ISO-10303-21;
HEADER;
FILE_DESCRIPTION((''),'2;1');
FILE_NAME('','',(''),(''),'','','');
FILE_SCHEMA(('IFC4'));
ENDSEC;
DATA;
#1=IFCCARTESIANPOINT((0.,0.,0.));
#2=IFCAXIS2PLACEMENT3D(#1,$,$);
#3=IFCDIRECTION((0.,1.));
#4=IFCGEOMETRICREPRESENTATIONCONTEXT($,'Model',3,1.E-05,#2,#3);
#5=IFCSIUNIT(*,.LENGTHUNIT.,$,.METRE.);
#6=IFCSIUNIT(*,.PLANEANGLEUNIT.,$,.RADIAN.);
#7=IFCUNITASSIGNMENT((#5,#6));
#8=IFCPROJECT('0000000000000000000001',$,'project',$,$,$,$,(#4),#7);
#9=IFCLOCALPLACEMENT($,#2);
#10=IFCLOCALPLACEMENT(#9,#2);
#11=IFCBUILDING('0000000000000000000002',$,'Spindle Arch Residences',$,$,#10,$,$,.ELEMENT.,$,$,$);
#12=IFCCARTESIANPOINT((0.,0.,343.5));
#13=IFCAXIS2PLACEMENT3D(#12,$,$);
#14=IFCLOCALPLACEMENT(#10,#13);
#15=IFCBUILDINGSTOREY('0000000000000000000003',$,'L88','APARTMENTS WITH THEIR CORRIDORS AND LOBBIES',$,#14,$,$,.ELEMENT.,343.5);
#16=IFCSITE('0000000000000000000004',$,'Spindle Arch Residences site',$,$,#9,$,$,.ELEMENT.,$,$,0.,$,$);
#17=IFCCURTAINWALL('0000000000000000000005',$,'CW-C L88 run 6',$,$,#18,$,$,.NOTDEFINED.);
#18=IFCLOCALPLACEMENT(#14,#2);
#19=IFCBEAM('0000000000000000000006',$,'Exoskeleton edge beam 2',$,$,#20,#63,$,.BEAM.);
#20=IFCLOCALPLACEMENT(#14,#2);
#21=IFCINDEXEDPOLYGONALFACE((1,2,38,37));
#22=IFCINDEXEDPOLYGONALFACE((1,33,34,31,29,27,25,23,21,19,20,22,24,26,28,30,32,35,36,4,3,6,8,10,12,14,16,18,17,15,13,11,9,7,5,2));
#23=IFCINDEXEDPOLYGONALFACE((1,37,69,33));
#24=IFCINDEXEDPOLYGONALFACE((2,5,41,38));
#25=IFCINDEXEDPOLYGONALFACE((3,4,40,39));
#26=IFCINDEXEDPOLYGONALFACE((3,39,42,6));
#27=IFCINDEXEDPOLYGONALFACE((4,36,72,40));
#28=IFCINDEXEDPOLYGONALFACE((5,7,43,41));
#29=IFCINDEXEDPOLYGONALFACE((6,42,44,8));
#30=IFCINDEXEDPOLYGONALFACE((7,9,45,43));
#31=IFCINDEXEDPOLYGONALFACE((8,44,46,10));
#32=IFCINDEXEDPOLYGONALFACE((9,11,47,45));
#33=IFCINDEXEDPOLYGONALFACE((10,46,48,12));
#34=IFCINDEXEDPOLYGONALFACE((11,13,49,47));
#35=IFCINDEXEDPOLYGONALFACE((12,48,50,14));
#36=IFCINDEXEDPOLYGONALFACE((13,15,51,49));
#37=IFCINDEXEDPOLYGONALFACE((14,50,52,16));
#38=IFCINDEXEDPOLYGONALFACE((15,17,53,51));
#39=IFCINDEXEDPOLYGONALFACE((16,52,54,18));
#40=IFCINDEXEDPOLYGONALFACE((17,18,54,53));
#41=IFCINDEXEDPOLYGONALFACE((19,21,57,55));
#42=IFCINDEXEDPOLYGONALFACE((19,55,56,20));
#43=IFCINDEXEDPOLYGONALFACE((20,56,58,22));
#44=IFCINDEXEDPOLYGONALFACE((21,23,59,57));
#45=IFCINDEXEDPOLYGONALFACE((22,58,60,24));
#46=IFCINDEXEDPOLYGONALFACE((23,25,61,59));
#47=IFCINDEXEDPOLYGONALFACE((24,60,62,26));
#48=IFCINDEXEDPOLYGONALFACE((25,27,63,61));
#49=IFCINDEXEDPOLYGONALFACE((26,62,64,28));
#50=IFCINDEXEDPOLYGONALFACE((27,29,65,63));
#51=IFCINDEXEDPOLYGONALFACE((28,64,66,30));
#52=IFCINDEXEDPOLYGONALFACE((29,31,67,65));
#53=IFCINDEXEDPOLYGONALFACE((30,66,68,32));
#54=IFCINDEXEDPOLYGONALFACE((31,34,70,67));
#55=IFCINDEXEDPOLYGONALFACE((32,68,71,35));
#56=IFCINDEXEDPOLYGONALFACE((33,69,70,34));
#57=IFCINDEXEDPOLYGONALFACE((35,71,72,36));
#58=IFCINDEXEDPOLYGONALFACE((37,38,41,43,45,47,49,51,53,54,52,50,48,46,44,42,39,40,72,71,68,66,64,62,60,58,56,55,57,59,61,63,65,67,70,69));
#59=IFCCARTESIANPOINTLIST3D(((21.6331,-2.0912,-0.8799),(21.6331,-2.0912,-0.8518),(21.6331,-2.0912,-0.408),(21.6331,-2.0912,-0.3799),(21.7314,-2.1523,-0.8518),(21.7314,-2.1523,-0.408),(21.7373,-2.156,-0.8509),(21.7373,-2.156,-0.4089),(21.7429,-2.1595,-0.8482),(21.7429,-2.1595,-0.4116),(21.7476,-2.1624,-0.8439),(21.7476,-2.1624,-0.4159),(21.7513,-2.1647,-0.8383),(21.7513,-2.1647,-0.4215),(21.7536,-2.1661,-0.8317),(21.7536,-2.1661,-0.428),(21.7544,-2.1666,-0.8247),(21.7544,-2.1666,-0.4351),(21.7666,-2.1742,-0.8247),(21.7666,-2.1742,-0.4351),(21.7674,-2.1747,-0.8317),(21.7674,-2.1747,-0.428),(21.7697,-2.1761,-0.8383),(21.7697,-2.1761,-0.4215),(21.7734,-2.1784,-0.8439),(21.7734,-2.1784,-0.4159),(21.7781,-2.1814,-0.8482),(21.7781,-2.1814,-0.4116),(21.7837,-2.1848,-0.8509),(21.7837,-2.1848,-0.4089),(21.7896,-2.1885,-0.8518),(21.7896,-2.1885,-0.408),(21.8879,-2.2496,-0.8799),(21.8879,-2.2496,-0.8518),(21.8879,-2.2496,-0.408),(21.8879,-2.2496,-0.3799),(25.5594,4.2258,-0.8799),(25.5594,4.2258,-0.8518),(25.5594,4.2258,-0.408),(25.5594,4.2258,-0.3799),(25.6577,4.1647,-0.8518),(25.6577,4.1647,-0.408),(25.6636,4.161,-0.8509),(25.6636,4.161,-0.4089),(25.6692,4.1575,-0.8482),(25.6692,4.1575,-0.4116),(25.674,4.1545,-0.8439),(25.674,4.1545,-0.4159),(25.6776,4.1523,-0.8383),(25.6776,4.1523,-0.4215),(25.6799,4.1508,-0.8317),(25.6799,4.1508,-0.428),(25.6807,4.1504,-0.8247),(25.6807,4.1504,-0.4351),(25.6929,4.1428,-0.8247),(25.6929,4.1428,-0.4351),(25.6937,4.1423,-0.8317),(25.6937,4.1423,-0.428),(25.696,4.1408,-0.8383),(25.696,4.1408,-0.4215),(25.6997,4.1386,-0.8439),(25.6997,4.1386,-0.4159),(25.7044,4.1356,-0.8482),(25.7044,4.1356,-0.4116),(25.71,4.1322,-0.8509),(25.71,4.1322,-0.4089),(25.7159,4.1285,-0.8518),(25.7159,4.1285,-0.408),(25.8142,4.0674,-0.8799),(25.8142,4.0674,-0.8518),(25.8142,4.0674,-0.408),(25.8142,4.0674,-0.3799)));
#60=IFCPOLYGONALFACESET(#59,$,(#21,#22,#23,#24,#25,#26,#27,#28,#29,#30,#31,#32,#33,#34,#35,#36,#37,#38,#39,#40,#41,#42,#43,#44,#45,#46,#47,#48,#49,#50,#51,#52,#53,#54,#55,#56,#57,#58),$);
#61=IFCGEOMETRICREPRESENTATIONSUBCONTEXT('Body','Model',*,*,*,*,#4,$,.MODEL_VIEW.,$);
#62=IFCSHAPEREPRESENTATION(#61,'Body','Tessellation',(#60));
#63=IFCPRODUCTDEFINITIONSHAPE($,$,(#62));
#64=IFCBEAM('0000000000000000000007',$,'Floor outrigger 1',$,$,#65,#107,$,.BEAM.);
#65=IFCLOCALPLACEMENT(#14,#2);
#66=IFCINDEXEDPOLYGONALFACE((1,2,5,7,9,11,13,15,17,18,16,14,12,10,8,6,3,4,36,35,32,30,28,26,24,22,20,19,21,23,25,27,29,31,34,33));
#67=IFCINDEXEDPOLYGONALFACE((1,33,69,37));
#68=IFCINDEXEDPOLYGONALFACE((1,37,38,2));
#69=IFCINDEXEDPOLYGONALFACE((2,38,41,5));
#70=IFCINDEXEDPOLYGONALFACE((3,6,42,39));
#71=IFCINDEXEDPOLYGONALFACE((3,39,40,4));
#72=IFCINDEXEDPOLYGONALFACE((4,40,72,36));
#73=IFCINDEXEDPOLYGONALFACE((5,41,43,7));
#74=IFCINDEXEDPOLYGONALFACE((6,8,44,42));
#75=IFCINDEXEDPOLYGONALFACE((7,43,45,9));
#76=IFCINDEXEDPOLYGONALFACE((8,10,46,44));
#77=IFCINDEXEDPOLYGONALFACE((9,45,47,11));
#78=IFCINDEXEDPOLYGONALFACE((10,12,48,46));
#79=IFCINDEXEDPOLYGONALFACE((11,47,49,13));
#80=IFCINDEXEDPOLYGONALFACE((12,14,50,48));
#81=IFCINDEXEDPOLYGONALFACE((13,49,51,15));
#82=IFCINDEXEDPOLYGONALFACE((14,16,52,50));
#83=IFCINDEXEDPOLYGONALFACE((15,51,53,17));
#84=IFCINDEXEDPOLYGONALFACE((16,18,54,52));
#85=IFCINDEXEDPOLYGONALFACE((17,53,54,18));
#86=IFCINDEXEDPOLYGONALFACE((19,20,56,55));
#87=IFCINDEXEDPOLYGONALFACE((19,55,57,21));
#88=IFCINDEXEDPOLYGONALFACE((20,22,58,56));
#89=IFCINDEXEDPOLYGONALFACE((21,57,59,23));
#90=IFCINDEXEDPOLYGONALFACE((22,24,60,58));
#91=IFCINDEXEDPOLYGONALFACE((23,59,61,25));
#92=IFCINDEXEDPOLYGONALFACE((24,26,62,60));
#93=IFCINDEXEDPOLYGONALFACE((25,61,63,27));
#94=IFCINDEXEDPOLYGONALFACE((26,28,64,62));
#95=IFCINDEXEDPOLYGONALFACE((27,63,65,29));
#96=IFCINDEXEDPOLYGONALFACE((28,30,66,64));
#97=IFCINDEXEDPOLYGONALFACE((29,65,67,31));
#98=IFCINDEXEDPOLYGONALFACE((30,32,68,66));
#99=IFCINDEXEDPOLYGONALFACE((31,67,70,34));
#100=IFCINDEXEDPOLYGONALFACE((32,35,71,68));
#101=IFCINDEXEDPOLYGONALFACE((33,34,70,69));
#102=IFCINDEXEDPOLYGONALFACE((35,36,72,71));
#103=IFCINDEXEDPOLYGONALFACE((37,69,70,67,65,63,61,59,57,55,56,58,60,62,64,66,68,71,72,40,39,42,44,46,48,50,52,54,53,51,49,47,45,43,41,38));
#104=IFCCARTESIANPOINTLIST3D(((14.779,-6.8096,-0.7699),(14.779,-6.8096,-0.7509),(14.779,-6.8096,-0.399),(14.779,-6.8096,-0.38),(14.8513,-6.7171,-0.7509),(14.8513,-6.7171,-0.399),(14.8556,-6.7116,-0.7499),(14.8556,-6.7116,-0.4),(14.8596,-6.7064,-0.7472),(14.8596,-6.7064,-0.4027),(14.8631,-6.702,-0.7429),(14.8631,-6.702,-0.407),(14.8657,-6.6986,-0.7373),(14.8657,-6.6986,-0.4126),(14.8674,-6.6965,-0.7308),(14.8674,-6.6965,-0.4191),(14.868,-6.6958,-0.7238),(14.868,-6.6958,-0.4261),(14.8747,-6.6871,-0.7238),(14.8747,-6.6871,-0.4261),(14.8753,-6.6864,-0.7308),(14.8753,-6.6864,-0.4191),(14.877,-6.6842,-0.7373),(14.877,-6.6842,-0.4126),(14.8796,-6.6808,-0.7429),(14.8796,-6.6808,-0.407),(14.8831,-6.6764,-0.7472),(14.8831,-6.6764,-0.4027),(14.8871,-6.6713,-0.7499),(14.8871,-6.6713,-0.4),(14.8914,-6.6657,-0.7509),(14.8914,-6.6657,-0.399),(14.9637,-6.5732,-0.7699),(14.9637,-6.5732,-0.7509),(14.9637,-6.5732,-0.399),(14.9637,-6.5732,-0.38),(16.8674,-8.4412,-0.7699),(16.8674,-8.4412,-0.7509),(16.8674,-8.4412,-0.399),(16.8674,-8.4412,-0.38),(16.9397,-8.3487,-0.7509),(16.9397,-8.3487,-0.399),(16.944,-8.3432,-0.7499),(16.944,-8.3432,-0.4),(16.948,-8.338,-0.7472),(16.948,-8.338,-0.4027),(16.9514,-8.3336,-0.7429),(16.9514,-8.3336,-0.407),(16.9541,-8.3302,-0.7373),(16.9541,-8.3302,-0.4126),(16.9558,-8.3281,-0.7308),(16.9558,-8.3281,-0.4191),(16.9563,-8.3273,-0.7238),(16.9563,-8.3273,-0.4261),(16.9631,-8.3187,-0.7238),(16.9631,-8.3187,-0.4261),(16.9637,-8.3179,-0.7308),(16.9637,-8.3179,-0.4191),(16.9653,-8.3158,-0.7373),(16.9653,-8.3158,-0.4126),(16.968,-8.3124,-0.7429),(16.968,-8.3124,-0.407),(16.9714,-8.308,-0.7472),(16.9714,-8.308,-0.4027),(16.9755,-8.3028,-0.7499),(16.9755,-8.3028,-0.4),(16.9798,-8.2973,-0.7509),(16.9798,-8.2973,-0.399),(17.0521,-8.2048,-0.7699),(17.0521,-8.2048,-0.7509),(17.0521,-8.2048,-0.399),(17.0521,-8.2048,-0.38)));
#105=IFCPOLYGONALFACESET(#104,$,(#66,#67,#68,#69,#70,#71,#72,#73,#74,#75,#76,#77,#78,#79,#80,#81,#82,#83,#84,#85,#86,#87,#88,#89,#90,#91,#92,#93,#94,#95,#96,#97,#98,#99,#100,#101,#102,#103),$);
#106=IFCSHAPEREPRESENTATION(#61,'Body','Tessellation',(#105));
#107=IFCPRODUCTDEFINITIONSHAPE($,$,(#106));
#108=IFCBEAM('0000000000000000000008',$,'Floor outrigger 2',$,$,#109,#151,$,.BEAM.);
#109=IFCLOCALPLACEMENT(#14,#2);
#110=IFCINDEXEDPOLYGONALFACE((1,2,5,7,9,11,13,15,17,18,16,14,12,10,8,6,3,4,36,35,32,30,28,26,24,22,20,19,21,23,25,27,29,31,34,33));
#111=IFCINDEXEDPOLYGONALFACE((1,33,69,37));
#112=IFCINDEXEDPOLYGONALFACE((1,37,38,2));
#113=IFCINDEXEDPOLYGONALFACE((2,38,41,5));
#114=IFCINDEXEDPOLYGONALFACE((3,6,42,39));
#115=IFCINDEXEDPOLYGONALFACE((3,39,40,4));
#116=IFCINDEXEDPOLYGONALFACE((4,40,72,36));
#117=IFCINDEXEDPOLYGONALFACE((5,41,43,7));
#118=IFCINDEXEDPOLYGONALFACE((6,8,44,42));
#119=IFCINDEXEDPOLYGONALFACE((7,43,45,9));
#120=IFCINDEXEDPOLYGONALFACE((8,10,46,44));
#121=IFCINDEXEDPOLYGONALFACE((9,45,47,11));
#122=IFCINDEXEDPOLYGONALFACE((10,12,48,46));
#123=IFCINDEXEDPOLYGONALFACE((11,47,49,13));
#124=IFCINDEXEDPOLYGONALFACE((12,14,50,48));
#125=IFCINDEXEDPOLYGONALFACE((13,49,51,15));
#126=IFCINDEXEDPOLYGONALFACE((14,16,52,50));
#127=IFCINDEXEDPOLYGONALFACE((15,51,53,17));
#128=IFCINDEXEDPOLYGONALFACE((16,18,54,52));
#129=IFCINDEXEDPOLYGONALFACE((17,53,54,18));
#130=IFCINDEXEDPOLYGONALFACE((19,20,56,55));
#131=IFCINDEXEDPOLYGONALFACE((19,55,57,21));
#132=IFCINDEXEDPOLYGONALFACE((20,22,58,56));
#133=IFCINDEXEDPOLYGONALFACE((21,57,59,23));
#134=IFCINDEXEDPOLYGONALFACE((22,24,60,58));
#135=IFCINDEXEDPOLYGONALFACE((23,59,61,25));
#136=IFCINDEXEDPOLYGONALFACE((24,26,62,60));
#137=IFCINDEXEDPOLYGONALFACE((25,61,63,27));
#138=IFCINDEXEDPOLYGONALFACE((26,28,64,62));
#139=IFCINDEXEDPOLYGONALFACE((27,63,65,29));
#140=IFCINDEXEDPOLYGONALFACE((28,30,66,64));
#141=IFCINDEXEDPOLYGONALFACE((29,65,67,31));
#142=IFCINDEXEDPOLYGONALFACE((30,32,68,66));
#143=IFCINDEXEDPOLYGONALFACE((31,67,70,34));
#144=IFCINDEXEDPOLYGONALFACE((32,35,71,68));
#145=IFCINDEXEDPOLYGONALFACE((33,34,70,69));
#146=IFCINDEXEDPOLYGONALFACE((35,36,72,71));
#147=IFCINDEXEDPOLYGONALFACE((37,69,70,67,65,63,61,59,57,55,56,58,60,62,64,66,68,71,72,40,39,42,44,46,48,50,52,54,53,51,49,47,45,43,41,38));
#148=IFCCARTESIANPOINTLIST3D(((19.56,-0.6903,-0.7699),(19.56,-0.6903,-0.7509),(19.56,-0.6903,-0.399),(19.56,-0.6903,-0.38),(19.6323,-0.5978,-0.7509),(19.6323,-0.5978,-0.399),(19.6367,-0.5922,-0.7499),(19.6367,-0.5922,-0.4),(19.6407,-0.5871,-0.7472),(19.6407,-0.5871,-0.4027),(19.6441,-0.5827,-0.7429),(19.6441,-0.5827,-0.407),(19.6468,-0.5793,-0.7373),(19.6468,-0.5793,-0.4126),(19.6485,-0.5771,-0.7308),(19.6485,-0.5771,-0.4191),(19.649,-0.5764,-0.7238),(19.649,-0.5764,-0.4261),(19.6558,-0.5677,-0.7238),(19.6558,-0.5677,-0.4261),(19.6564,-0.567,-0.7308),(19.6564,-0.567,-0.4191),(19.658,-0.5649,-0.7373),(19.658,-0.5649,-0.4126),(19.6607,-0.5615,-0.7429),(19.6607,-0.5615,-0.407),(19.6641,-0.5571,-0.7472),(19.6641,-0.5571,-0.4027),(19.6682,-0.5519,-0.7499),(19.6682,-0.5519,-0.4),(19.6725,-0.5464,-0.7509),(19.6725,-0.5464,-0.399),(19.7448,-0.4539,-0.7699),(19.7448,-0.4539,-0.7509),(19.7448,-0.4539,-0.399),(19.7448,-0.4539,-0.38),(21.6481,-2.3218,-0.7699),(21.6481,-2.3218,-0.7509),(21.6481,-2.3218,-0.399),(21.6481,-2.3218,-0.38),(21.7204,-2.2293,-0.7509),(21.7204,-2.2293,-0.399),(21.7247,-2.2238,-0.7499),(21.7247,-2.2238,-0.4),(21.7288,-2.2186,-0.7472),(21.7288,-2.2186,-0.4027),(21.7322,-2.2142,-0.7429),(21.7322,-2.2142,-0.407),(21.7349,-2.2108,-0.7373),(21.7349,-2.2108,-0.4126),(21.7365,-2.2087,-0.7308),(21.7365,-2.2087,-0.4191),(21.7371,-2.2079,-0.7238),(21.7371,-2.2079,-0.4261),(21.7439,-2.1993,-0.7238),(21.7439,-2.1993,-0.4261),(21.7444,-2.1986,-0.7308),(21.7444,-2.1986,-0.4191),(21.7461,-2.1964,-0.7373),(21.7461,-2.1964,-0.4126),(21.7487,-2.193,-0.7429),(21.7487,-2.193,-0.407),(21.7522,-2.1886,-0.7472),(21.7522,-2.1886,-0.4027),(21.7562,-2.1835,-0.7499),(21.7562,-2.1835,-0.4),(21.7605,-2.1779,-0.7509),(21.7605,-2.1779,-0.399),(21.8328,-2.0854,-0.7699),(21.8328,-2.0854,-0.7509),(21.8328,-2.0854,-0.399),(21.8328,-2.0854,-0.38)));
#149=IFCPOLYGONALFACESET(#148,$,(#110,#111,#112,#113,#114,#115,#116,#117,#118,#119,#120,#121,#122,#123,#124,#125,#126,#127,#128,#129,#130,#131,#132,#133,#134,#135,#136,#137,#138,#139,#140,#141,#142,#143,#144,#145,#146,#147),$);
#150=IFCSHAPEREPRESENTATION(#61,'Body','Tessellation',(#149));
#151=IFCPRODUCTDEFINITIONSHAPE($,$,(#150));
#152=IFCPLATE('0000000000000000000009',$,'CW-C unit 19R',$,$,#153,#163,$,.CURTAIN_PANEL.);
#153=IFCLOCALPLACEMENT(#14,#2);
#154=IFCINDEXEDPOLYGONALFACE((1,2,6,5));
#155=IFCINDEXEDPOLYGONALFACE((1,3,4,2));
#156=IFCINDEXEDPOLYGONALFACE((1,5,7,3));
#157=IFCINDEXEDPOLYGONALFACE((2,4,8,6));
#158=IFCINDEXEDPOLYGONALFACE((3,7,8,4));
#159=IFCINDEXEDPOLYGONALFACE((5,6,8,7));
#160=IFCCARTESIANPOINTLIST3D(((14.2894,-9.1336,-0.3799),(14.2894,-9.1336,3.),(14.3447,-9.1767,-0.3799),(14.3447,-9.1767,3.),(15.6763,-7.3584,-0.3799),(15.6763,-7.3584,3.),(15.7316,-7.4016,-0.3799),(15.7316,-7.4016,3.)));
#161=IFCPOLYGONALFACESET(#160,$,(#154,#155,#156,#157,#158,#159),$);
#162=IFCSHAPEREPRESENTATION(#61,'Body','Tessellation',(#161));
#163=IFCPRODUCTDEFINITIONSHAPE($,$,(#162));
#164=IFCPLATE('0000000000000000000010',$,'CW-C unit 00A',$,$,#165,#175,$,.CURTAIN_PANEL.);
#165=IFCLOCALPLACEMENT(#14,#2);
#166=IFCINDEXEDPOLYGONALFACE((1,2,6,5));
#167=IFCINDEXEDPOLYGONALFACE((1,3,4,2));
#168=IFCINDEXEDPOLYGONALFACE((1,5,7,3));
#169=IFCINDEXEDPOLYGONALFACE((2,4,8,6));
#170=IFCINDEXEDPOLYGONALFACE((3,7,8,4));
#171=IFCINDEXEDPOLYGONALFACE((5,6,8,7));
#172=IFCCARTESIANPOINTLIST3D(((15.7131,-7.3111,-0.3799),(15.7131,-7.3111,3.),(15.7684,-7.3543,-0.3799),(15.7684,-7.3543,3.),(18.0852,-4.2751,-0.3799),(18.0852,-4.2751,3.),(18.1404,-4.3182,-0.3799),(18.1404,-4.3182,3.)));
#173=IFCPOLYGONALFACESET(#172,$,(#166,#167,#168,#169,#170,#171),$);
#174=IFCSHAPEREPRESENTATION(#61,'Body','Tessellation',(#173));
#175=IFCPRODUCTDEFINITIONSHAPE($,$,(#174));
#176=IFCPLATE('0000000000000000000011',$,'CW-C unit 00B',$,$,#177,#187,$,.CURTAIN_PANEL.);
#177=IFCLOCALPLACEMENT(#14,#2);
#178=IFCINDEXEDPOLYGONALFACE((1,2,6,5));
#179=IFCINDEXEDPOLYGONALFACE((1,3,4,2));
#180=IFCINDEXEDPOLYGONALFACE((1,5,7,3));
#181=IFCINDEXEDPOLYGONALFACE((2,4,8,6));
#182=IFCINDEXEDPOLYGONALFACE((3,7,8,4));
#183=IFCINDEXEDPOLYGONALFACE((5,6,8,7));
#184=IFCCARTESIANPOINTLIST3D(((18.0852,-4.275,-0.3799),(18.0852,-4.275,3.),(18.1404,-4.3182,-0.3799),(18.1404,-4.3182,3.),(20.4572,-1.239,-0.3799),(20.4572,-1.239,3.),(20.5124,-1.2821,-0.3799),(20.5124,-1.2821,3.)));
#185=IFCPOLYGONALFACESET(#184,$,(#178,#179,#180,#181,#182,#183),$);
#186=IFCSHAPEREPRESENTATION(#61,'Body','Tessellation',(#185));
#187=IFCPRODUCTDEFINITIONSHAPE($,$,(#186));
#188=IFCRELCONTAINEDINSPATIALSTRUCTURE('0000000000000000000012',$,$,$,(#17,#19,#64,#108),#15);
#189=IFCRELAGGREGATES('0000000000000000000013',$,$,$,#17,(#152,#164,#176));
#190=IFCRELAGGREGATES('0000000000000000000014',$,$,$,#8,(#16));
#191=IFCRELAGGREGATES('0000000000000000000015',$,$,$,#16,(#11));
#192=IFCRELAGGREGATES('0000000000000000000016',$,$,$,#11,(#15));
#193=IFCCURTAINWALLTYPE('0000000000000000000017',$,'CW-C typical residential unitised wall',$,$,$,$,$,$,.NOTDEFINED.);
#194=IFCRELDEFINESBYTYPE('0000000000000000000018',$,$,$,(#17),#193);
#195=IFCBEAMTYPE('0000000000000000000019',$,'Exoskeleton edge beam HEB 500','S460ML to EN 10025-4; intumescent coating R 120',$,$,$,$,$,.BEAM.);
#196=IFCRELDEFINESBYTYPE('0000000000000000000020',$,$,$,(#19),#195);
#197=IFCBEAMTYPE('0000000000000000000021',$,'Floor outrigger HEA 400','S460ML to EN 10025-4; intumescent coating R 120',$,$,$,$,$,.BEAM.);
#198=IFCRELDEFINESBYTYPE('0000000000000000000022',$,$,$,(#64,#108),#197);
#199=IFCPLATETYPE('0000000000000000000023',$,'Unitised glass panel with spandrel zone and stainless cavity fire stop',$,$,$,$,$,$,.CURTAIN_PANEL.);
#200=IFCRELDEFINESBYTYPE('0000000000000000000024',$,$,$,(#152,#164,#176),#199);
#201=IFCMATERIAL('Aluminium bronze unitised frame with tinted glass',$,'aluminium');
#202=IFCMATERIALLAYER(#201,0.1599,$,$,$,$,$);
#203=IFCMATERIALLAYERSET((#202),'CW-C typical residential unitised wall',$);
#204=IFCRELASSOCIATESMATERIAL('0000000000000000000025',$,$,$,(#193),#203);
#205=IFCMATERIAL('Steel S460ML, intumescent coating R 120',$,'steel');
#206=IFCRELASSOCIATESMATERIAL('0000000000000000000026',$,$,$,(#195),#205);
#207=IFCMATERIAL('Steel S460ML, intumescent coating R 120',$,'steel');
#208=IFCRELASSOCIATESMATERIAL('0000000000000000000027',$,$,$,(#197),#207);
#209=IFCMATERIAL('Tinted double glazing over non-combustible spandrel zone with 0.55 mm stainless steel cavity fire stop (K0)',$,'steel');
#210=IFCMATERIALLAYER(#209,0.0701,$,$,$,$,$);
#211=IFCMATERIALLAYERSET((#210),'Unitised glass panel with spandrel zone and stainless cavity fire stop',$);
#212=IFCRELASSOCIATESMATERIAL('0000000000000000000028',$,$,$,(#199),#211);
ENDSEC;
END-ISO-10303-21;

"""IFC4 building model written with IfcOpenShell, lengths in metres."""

from ifc_helpers import new_model, si_unit, direction, frame, origin, origin_2d, place, context, subcontext, project, spatial, rectangle, i_section, extrude, material, layer, layer_set, material_profile, profile_set, type_object, element, aggregate, save


model = new_model("IFC4")

# Units and contexts
model_context = context("Model", 3, precision=1e-05, world=origin(), true_north=direction((0.0, 1.0)))
body_context = subcontext(model_context, "Body", "Model", "MODEL_VIEW")
ifc_project = project(units=[si_unit("LENGTHUNIT", "METRE"), si_unit("PLANEANGLEUNIT", "RADIAN")], contexts=[model_context])

# Site, building, storey
site_placement = place(None, origin())
site = spatial("IfcSite", under=ifc_project, at=site_placement, Name="Spindle Arch Residences site", CompositionType="ELEMENT", RefElevation=0.0)
building_placement = place(site_placement, origin())
building = spatial("IfcBuilding", under=site, at=building_placement, Name="Spindle Arch Residences", CompositionType="ELEMENT")
storey_placement = place(building_placement, frame((0.0, 0.0, 343.5)))
storey = spatial("IfcBuildingStorey", under=building, at=storey_placement, Name="L88", Description="APARTMENTS WITH THEIR CORRIDORS AND LOBBIES", CompositionType="ELEMENT", Elevation=343.5)

# Curtain wall
ifc_material_1 = material(Name="Aluminium bronze unitised frame with tinted glass", Category="aluminium")
ifc_layer_1 = layer(ifc_material_1, 0.1599)
ifc_layer_set_1 = layer_set([ifc_layer_1], Name="CW-C typical residential unitised wall")
curtain_wall_type_1 = type_object("IfcCurtainWallType", Name="CW-C typical residential unitised wall", PredefinedType="NOTDEFINED", material=ifc_layer_set_1)
curtain_wall_1_placement = place(storey_placement, origin())
curtain_wall_1 = element("IfcCurtainWall", 1, at=curtain_wall_1_placement, inside=storey, type_object=curtain_wall_type_1, Name="CW-C L88 run 6", PredefinedType="NOTDEFINED")

# Beams
ifc_material_2 = material(Name="Steel S460ML, intumescent coating R 120", Category="steel")
ifc_material_profile_1 = material_profile(ifc_material_2, i_section(OverallWidth=0.3, OverallDepth=0.5, WebThickness=0.0144, FlangeThickness=0.0281, FilletRadius=0.0271, at=origin_2d()), Name="HEB 500")
ifc_profile_set_1 = profile_set([ifc_material_profile_1], Name="Steel S460ML, intumescent coating R 120")
beam_type_1 = type_object("IfcBeamType", Name="Exoskeleton edge beam HEB 500", Description="S460ML to EN 10025-4; intumescent coating R 120", PredefinedType="BEAM", material=ifc_profile_set_1)
beam_1_placement = place(storey_placement, frame((21.7605, -2.1704, -0.6299), z_axis=(0.527891, 0.849312, 0.0), x_axis=(-0.849312, 0.527891, 0.0)))
element("IfcBeam", 2, at=beam_1_placement, inside=storey, type_object=beam_type_1, Name="Exoskeleton edge beam 2", PredefinedType="BEAM", context=body_context, shape_type="SweptSolid", body=[
    extrude(i_section(OverallWidth=0.3, OverallDepth=0.5, WebThickness=0.0144, FlangeThickness=0.0281, FilletRadius=0.0271, at=origin_2d()), origin(), (0.0, 0.0, 1.0), 7.4377),
])
ifc_material_3 = material(Name="Steel S460ML, intumescent coating R 120", Category="steel")
ifc_material_profile_2 = material_profile(ifc_material_3, i_section(OverallWidth=0.3, OverallDepth=0.3899, WebThickness=0.011, FlangeThickness=0.019, FilletRadius=0.0271, at=origin_2d()), Name="HEA 400")
ifc_profile_set_2 = profile_set([ifc_material_profile_2], Name="Steel S460ML, intumescent coating R 120")
beam_type_2 = type_object("IfcBeamType", Name="Floor outrigger HEA 400", Description="S460ML to EN 10025-4; intumescent coating R 120", PredefinedType="BEAM", material=ifc_profile_set_2)
beam_2_placement = place(storey_placement, frame((16.9597, -8.323, -0.575), z_axis=(-0.788016, 0.615655, 0.0), x_axis=(-0.615655, -0.788016, 0.0)))
element("IfcBeam", 3, at=beam_2_placement, inside=storey, type_object=beam_type_2, Name="Floor outrigger 1", PredefinedType="BEAM", context=body_context, shape_type="SweptSolid", body=[
    extrude(i_section(OverallWidth=0.3, OverallDepth=0.3899, WebThickness=0.011, FlangeThickness=0.019, FilletRadius=0.0271, at=origin_2d()), origin(), (0.0, 0.0, 1.0), 2.6501),
])
beam_3_placement = place(storey_placement, frame((21.7405, -2.2036, -0.575), z_axis=(-0.787981, 0.615699, 0.0), x_axis=(-0.615699, -0.787981, 0.0)))
element("IfcBeam", 4, at=beam_3_placement, inside=storey, type_object=beam_type_2, Name="Floor outrigger 2", PredefinedType="BEAM", context=body_context, shape_type="SweptSolid", body=[
    extrude(i_section(OverallWidth=0.3, OverallDepth=0.3899, WebThickness=0.011, FlangeThickness=0.019, FilletRadius=0.0271, at=origin_2d()), origin(), (0.0, 0.0, 1.0), 2.6499),
])

# Plates
ifc_material_4 = material(Name="Tinted double glazing over non-combustible spandrel zone with 0.55 mm stainless steel cavity fire stop (K0)", Category="steel")
ifc_layer_2 = layer(ifc_material_4, 0.0701)
ifc_layer_set_2 = layer_set([ifc_layer_2], Name="Unitised glass panel with spandrel zone and stainless cavity fire stop")
plate_type = type_object("IfcPlateType", Name="Unitised glass panel with spandrel zone and stainless cavity fire stop", PredefinedType="CURTAIN_PANEL", material=ifc_layer_set_2)
plate_1_placement = place(storey_placement, frame((15.0105, -8.2676, -0.3799), z_axis=(0.0, 0.0, 1.0), x_axis=(0.615661, 0.788011, 0.0)))
plate_1 = element("IfcPlate", 5, at=plate_1_placement, type_object=plate_type, Name="CW-C unit 19R", PredefinedType="CURTAIN_PANEL", context=body_context, shape_type="SweptSolid", body=[
    extrude(rectangle(XDim=2.2527, YDim=0.0701, at=origin_2d()), origin(), (0.0, 0.0, 1.0), 3.3799),
])
plate_2_placement = place(storey_placement, frame((16.9268, -5.8147, -0.3799), z_axis=(0.0, 0.0, 1.0), x_axis=(0.615661, 0.788011, 0.0)))
plate_2 = element("IfcPlate", 6, at=plate_2_placement, type_object=plate_type, Name="CW-C unit 00A", PredefinedType="CURTAIN_PANEL", context=body_context, shape_type="SweptSolid", body=[
    extrude(rectangle(XDim=3.8528, YDim=0.0701, at=origin_2d()), origin(), (0.0, 0.0, 1.0), 3.3799),
])
plate_3_placement = place(storey_placement, frame((19.2988, -2.7786, -0.3799), z_axis=(0.0, 0.0, 1.0), x_axis=(0.615661, 0.788011, 0.0)))
plate_3 = element("IfcPlate", 7, at=plate_3_placement, type_object=plate_type, Name="CW-C unit 00B", PredefinedType="CURTAIN_PANEL", context=body_context, shape_type="SweptSolid", body=[
    extrude(rectangle(XDim=3.8528, YDim=0.0701, at=origin_2d()), origin(), (0.0, 0.0, 1.0), 3.3799),
])
aggregate(curtain_wall_1, [plate_1, plate_2, plate_3])

save(model, "model.ifc")
